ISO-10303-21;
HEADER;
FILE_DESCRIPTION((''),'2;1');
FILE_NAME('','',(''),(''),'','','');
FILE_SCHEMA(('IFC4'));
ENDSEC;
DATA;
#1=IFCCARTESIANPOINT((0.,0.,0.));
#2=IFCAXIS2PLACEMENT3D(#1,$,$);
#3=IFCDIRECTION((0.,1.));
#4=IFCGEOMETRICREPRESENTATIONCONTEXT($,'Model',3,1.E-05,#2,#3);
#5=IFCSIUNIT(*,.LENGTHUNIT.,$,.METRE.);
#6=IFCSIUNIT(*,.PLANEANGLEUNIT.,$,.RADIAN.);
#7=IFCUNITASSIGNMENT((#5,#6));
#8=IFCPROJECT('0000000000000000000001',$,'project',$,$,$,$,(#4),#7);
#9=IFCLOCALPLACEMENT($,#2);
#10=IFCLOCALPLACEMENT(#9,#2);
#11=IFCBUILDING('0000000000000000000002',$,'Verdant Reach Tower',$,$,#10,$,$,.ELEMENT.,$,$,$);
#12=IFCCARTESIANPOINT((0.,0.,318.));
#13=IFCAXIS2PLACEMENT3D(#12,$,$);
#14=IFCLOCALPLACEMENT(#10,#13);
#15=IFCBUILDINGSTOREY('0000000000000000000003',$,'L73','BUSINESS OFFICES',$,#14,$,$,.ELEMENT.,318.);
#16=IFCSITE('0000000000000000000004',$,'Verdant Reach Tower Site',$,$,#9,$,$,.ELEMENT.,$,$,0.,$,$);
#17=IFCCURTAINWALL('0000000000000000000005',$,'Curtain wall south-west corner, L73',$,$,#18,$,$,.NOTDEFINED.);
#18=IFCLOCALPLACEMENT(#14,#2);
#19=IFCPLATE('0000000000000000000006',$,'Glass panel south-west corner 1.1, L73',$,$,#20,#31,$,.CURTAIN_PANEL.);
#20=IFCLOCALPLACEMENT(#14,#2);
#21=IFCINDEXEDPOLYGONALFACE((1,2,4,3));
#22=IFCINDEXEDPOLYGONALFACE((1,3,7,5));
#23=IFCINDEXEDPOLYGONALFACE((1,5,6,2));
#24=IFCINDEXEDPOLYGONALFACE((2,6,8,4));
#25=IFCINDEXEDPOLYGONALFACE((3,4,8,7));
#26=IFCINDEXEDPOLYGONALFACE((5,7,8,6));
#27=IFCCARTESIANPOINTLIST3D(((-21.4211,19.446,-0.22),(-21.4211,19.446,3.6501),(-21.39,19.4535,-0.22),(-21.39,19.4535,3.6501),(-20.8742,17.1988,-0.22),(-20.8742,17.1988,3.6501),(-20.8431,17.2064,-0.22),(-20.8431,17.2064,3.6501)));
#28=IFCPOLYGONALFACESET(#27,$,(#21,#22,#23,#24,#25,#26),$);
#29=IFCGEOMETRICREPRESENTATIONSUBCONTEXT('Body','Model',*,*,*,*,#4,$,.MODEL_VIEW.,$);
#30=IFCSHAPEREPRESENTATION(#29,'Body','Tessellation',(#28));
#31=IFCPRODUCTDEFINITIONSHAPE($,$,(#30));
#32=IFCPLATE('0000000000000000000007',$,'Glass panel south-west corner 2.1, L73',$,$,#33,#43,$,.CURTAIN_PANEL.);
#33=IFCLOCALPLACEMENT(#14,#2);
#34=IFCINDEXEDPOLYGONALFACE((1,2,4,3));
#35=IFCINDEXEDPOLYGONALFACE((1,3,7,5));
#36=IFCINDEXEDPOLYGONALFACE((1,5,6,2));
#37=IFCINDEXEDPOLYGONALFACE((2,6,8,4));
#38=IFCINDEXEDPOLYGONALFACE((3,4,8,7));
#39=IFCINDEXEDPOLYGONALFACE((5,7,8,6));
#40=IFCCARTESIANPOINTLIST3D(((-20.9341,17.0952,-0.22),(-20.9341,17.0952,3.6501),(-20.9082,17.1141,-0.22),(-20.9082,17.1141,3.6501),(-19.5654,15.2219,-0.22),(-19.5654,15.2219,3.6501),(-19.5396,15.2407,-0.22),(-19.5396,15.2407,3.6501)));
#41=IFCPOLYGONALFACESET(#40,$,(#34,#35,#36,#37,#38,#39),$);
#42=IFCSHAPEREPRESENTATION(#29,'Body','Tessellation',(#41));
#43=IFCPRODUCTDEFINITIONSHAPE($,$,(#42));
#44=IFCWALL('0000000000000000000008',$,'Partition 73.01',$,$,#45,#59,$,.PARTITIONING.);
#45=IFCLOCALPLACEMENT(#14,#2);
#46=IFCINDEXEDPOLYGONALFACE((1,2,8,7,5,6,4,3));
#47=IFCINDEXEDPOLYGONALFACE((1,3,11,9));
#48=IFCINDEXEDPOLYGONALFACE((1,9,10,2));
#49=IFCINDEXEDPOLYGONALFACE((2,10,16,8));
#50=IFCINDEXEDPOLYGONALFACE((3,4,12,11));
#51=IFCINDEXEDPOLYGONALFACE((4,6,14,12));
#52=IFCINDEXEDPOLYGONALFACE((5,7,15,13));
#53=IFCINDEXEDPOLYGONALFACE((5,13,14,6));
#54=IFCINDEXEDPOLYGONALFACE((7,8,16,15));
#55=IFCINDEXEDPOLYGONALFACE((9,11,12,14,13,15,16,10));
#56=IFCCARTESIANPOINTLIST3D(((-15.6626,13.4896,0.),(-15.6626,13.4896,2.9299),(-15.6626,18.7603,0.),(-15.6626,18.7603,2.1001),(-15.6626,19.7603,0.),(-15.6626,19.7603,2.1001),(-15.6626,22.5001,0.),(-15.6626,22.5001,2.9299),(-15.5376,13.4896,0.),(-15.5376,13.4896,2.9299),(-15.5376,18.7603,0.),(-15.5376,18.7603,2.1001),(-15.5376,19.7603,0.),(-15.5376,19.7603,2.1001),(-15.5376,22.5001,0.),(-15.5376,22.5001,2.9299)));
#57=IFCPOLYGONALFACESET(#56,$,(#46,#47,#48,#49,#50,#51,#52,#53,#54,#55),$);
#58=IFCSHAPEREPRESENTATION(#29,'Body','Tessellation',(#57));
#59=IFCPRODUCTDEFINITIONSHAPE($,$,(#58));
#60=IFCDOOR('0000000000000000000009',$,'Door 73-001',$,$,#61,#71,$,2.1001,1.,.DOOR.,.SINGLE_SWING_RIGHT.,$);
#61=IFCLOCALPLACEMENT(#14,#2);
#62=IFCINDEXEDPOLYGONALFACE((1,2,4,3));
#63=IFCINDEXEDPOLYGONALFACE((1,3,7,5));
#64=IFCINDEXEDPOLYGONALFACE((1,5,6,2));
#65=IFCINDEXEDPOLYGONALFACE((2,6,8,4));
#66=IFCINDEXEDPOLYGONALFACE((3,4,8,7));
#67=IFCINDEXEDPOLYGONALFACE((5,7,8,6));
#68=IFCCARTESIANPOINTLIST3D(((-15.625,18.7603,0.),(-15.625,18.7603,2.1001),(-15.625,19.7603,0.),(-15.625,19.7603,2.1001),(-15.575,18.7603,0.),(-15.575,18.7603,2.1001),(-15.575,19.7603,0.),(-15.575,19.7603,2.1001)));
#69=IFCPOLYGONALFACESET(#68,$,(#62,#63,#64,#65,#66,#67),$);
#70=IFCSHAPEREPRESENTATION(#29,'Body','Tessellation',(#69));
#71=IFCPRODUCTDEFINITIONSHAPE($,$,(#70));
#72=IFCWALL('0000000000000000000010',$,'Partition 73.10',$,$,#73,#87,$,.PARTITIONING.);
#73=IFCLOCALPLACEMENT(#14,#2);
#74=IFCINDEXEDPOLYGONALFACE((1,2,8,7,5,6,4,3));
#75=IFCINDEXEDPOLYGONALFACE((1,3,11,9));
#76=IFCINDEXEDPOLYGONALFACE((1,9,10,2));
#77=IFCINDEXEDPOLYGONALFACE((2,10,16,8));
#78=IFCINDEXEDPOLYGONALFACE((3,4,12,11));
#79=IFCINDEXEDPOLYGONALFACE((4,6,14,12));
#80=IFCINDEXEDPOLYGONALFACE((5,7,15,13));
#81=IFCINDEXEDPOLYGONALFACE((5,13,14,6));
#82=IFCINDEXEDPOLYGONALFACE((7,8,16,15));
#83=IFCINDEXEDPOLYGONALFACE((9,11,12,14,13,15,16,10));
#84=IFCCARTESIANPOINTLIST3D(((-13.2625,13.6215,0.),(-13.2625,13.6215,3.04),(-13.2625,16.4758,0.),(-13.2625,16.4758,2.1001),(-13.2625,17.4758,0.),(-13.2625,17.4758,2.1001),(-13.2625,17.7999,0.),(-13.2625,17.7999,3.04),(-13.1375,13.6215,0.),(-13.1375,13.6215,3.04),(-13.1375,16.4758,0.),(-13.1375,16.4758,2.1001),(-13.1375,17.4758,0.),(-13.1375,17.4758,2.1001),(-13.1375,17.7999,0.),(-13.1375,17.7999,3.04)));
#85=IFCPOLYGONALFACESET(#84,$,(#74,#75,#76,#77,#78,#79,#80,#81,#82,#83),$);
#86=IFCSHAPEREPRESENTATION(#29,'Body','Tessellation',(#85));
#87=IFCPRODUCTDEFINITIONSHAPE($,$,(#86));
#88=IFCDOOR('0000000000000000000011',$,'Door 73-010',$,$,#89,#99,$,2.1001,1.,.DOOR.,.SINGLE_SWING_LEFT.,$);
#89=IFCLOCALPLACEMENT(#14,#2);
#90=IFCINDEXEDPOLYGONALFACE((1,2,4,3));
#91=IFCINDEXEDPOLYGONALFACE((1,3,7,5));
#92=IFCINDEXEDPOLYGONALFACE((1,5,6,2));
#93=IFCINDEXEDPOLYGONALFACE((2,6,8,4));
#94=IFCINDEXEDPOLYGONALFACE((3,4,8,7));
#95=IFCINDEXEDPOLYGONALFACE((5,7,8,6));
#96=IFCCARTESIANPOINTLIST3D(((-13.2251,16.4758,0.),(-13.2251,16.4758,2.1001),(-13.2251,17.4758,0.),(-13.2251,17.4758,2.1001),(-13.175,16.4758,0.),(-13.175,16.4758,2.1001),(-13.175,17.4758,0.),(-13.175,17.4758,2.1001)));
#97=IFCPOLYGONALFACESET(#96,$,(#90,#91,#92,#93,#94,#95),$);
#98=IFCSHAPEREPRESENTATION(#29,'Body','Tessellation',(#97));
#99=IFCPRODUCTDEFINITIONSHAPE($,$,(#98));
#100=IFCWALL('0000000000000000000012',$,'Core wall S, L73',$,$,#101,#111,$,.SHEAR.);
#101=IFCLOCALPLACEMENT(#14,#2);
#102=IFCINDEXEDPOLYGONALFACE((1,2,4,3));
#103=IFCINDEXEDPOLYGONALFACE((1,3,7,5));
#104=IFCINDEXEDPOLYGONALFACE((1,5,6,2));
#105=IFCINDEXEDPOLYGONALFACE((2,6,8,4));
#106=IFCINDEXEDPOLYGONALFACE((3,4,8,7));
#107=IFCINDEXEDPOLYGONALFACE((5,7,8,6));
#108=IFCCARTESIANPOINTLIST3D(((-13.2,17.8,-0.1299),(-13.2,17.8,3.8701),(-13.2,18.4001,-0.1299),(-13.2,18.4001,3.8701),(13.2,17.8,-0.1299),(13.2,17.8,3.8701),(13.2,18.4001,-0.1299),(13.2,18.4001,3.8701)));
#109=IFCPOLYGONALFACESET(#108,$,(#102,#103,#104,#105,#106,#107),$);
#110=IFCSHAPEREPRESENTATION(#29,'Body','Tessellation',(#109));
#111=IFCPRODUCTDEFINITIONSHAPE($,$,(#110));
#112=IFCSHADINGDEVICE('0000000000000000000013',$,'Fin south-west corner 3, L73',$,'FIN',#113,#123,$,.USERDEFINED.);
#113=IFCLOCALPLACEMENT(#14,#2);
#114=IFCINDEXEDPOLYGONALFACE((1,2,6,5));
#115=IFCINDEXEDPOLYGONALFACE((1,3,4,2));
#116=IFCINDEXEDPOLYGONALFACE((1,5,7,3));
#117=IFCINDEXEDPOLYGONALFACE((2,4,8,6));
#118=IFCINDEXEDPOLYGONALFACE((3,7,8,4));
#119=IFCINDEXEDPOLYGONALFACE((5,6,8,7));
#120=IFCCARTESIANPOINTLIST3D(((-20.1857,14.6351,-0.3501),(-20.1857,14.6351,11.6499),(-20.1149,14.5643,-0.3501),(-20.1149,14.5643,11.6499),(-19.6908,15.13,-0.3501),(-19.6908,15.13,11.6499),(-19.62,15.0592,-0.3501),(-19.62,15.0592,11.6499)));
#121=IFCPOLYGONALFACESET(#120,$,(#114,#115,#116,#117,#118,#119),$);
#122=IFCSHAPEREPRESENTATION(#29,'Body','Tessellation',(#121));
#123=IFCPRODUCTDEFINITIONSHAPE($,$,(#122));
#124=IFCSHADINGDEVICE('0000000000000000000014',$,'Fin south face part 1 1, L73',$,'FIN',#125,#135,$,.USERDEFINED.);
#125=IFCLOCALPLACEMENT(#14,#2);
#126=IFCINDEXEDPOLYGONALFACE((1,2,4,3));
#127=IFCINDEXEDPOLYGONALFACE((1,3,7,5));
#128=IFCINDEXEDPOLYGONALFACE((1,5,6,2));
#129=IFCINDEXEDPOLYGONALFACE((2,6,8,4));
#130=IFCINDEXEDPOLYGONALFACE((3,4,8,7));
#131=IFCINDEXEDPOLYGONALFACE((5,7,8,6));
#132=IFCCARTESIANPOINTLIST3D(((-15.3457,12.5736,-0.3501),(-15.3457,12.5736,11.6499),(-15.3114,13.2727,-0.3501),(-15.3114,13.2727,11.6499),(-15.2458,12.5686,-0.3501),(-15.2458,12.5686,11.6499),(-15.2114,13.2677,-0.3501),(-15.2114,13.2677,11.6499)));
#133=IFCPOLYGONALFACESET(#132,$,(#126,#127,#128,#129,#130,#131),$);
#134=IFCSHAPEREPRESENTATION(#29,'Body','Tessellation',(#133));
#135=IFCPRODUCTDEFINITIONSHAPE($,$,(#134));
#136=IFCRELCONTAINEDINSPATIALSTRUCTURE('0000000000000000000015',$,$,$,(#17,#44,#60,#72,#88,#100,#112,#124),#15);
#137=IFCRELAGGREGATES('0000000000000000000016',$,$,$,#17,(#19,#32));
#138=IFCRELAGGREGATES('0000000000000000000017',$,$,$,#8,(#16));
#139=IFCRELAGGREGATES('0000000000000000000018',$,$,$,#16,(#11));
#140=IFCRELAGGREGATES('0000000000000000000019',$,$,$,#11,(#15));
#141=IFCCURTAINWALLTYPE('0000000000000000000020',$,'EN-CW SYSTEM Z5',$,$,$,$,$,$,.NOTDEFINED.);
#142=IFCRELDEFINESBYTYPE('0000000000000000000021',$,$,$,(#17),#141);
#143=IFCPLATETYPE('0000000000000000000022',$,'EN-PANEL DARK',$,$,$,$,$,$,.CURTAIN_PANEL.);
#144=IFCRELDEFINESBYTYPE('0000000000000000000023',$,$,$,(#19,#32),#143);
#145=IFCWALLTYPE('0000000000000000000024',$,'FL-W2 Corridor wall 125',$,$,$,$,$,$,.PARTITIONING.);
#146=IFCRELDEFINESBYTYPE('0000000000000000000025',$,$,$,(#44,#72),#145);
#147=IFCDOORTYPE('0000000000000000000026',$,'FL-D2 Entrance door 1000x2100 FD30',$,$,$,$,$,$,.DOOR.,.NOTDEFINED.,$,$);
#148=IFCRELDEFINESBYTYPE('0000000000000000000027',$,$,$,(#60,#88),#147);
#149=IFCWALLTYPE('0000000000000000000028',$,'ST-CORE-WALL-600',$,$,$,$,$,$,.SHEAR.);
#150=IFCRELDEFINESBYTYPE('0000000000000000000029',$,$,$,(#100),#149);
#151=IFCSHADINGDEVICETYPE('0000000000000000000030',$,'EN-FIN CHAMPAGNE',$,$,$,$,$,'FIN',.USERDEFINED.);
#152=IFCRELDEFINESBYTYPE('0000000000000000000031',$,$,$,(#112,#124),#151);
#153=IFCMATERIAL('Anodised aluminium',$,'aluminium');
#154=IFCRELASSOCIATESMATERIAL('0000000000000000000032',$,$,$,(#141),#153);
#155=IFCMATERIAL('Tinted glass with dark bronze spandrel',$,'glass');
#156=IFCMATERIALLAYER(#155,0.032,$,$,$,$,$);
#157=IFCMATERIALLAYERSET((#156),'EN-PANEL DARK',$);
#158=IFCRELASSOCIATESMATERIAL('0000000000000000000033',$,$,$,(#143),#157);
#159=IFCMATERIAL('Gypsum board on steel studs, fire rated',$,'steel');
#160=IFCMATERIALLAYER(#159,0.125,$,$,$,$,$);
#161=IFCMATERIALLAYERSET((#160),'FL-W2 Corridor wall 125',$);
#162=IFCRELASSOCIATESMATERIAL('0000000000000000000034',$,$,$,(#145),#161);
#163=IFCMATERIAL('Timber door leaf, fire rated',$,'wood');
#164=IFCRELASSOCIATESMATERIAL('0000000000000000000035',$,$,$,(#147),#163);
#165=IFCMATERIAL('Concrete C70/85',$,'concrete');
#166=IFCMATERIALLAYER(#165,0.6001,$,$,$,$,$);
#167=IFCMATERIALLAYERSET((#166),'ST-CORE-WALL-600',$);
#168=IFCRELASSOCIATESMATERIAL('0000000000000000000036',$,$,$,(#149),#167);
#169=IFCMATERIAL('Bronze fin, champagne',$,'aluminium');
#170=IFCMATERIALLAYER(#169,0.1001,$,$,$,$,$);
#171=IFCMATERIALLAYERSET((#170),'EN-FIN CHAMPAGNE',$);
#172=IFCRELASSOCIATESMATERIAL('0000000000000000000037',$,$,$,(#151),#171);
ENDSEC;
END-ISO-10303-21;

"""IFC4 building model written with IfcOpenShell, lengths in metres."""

from ifc_helpers import new_model, si_unit, direction, frame, frame_2d, origin, origin_2d, place, context, subcontext, project, spatial, rectangle, extrude, material, layer, layer_set, type_object, element, fill, aggregate, save


model = new_model("IFC4")

# Units and contexts
model_context = context("Model", 3, precision=1e-05, world=origin(), true_north=direction((0.0, 1.0)))
body_context = subcontext(model_context, "Body", "Model", "MODEL_VIEW")
ifc_project = project(units=[si_unit("LENGTHUNIT", "METRE"), si_unit("PLANEANGLEUNIT", "RADIAN")], contexts=[model_context])

# Site, building, storey
site_placement = place(None, origin())
site = spatial("IfcSite", under=ifc_project, at=site_placement, Name="Verdant Reach Tower Site", CompositionType="ELEMENT", RefElevation=0.0)
building_placement = place(site_placement, origin())
building = spatial("IfcBuilding", under=site, at=building_placement, Name="Verdant Reach Tower", CompositionType="ELEMENT")
storey_placement = place(building_placement, frame((0.0, 0.0, 318.0)))
storey = spatial("IfcBuildingStorey", under=building, at=storey_placement, Name="L73", Description="BUSINESS OFFICES", CompositionType="ELEMENT", Elevation=318.0)

# Curtain wall
ifc_material_1 = material(Name="Anodised aluminium", Category="aluminium")
curtain_wall_type = type_object("IfcCurtainWallType", Name="EN-CW SYSTEM Z5", PredefinedType="NOTDEFINED", material=ifc_material_1)
curtain_wall_1_placement = place(storey_placement, origin())
curtain_wall_1 = element("IfcCurtainWall", 1, at=curtain_wall_1_placement, inside=storey, type_object=curtain_wall_type, Name="Curtain wall south-west corner, L73", PredefinedType="NOTDEFINED")

# Plates
ifc_material_2 = material(Name="Tinted glass with dark bronze spandrel", Category="glass")
ifc_layer_1 = layer(ifc_material_2, 0.032)
ifc_layer_set_1 = layer_set([ifc_layer_1], Name="EN-PANEL DARK")
plate_type_1 = type_object("IfcPlateType", Name="EN-PANEL DARK", PredefinedType="CURTAIN_PANEL", material=ifc_layer_set_1)
plate_1_placement = place(storey_placement, frame((-21.1321, 18.3262, -0.22), z_axis=(0.0, 0.0, 1.0), x_axis=(0.236471, -0.971638, 0.0)))
plate_1 = element("IfcPlate", 2, at=plate_1_placement, type_object=plate_type_1, Name="Glass panel south-west corner 1.1, L73", PredefinedType="CURTAIN_PANEL", context=body_context, shape_type="SweptSolid", body=[
    extrude(rectangle(XDim=2.3127, YDim=0.032, at=origin_2d()), origin(), (0.0, 0.0, 1.0), 3.8701),
])
plate_2_placement = place(storey_placement, frame((-20.2368, 16.168, -0.22), z_axis=(0.0, 0.0, 1.0), x_axis=(0.589927, -0.807457, 0.0)))
plate_2 = element("IfcPlate", 3, at=plate_2_placement, type_object=plate_type_1, Name="Glass panel south-west corner 2.1, L73", PredefinedType="CURTAIN_PANEL", context=body_context, shape_type="SweptSolid", body=[
    extrude(rectangle(XDim=2.3201, YDim=0.032, at=origin_2d()), origin(), (0.0, 0.0, 1.0), 3.8701),
])
aggregate(curtain_wall_1, [plate_1, plate_2])

# Walls, openings, doors
ifc_material_3 = material(Name="Gypsum board on steel studs, fire rated", Category="steel")
ifc_layer_2 = layer(ifc_material_3, 0.125)
ifc_layer_set_2 = layer_set([ifc_layer_2], Name="FL-W2 Corridor wall 125")
wall_type_1 = type_object("IfcWallType", Name="FL-W2 Corridor wall 125", PredefinedType="PARTITIONING", material=ifc_layer_set_2)
wall_1_placement = place(storey_placement, frame((-15.6001, 13.4895, 0.0), z_axis=(0.0, 0.0, 1.0), x_axis=(0.0, 1.0, 0.0)))
wall_1 = element("IfcWall", 4, at=wall_1_placement, inside=storey, type_object=wall_type_1, Name="Partition 73.01", PredefinedType="PARTITIONING", context=body_context, shape_type="SweptSolid", body=[
    extrude(rectangle(XDim=9.0105, YDim=0.125, at=frame_2d((4.5054, 0.0))), origin(), (0.0, 0.0, 1.0), 2.9299),
])
opening_1_placement = place(wall_1_placement, frame((5.2708, 0.0, 0.0)))
opening_1 = element("IfcOpeningElement", 5, at=opening_1_placement, cuts=wall_1, PredefinedType="OPENING", context=body_context, shape_type="SweptSolid", body=[
    extrude(rectangle(XDim=1.0, YDim=2.1001, at=frame_2d((0.5, 1.05))), frame((0.0, 0.0725, 0.0), z_axis=(0.0, -1.0, 0.0), x_axis=(1.0, 0.0, 0.0)), (0.0, 0.0, 1.0), 0.145),
])
ifc_material_4 = material(Name="Timber door leaf, fire rated", Category="wood")
door_type = type_object("IfcDoorType", Name="FL-D2 Entrance door 1000x2100 FD30", OperationType="NOTDEFINED", PredefinedType="DOOR", material=ifc_material_4)
door_1_placement = place(opening_1_placement, origin())
door_1 = element("IfcDoor", 6, at=door_1_placement, inside=storey, type_object=door_type, Name="Door 73-001", OperationType="SINGLE_SWING_RIGHT", OverallHeight=2.1001, OverallWidth=1.0, PredefinedType="DOOR", context=body_context, shape_type="SweptSolid", body=[
    extrude(rectangle(XDim=1.0, YDim=2.1001, at=frame_2d((0.5, 1.05))), frame((0.0, 0.0249, 0.0), z_axis=(0.0, -1.0, 0.0), x_axis=(1.0, 0.0, 0.0)), (0.0, 0.0, 1.0), 0.05),
])
fill(opening_1, door_1)
wall_2_placement = place(storey_placement, frame((-13.2, 17.8, 0.0), z_axis=(0.0, 0.0, 1.0), x_axis=(0.0, -1.0, 0.0)))
wall_2 = element("IfcWall", 7, at=wall_2_placement, inside=storey, type_object=wall_type_1, Name="Partition 73.10", PredefinedType="PARTITIONING", context=body_context, shape_type="SweptSolid", body=[
    extrude(rectangle(XDim=4.1785, YDim=0.125, at=frame_2d((2.0894, 0.0))), origin(), (0.0, 0.0, 1.0), 3.04),
])
opening_2_placement = place(wall_2_placement, frame((0.3242, 0.0, 0.0)))
opening_2 = element("IfcOpeningElement", 8, at=opening_2_placement, cuts=wall_2, PredefinedType="OPENING", context=body_context, shape_type="SweptSolid", body=[
    extrude(rectangle(XDim=1.0, YDim=2.1001, at=frame_2d((0.5, 1.05))), frame((0.0, 0.0725, 0.0), z_axis=(0.0, -1.0, 0.0), x_axis=(1.0, 0.0, 0.0)), (0.0, 0.0, 1.0), 0.145),
])
door_2_placement = place(opening_2_placement, origin())
door_2 = element("IfcDoor", 9, at=door_2_placement, inside=storey, type_object=door_type, Name="Door 73-010", OperationType="SINGLE_SWING_LEFT", OverallHeight=2.1001, OverallWidth=1.0, PredefinedType="DOOR", context=body_context, shape_type="SweptSolid", body=[
    extrude(rectangle(XDim=1.0, YDim=2.1001, at=frame_2d((0.5, 1.05))), frame((0.0, 0.0249, 0.0), z_axis=(0.0, -1.0, 0.0), x_axis=(1.0, 0.0, 0.0)), (0.0, 0.0, 1.0), 0.05),
])
fill(opening_2, door_2)

# Wall
ifc_material_5 = material(Name="Concrete C70/85", Category="concrete")
ifc_layer_3 = layer(ifc_material_5, 0.6001)
ifc_layer_set_3 = layer_set([ifc_layer_3], Name="ST-CORE-WALL-600")
wall_type_2 = type_object("IfcWallType", Name="ST-CORE-WALL-600", PredefinedType="SHEAR", material=ifc_layer_set_3)
wall_3_placement = place(storey_placement, frame((-13.2, 18.1001, -0.1299), z_axis=(0.0, 0.0, 1.0), x_axis=(1.0, 0.0, 0.0)))
element("IfcWall", 10, at=wall_3_placement, inside=storey, type_object=wall_type_2, Name="Core wall S, L73", PredefinedType="SHEAR", context=body_context, shape_type="SweptSolid", body=[
    extrude(rectangle(XDim=26.3999, YDim=0.6001, at=frame_2d((13.2, 0.0))), origin(), (0.0, 0.0, 1.0), 4.0),
])

# Shading devices
ifc_material_6 = material(Name="Bronze fin, champagne", Category="aluminium")
ifc_layer_4 = layer(ifc_material_6, 0.1001)
ifc_layer_set_4 = layer_set([ifc_layer_4], Name="EN-FIN CHAMPAGNE")
shading_device_type = type_object("IfcShadingDeviceType", Name="EN-FIN CHAMPAGNE", ElementType="FIN", PredefinedType="USERDEFINED", material=ifc_layer_set_4)
for number, where, z_axis, x_axis, name in (
    (11, (-19.9028, 14.8472, -0.3501), (0.0, 0.0, 1.0), (0.707107, -0.707107, 0.0), "Fin south-west corner 3, L73"),
    (12, (-15.2786, 12.9207, -0.3501), (0.0, 0.0, 1.0), (0.998793, -0.049128, 0.0), "Fin south face part 1 1, L73"),
):
    element("IfcShadingDevice", number, at=place(storey_placement, frame(where, z_axis=z_axis, x_axis=x_axis)), inside=storey, type_object=shading_device_type, Name=name, ObjectType="FIN", PredefinedType="USERDEFINED", context=body_context, shape_type="SweptSolid", body=[
        extrude(rectangle(XDim=0.1001, YDim=0.7, at=origin_2d()), origin(), (0.0, 0.0, 1.0), 12.0),
    ])

save(model, "model.ifc")
